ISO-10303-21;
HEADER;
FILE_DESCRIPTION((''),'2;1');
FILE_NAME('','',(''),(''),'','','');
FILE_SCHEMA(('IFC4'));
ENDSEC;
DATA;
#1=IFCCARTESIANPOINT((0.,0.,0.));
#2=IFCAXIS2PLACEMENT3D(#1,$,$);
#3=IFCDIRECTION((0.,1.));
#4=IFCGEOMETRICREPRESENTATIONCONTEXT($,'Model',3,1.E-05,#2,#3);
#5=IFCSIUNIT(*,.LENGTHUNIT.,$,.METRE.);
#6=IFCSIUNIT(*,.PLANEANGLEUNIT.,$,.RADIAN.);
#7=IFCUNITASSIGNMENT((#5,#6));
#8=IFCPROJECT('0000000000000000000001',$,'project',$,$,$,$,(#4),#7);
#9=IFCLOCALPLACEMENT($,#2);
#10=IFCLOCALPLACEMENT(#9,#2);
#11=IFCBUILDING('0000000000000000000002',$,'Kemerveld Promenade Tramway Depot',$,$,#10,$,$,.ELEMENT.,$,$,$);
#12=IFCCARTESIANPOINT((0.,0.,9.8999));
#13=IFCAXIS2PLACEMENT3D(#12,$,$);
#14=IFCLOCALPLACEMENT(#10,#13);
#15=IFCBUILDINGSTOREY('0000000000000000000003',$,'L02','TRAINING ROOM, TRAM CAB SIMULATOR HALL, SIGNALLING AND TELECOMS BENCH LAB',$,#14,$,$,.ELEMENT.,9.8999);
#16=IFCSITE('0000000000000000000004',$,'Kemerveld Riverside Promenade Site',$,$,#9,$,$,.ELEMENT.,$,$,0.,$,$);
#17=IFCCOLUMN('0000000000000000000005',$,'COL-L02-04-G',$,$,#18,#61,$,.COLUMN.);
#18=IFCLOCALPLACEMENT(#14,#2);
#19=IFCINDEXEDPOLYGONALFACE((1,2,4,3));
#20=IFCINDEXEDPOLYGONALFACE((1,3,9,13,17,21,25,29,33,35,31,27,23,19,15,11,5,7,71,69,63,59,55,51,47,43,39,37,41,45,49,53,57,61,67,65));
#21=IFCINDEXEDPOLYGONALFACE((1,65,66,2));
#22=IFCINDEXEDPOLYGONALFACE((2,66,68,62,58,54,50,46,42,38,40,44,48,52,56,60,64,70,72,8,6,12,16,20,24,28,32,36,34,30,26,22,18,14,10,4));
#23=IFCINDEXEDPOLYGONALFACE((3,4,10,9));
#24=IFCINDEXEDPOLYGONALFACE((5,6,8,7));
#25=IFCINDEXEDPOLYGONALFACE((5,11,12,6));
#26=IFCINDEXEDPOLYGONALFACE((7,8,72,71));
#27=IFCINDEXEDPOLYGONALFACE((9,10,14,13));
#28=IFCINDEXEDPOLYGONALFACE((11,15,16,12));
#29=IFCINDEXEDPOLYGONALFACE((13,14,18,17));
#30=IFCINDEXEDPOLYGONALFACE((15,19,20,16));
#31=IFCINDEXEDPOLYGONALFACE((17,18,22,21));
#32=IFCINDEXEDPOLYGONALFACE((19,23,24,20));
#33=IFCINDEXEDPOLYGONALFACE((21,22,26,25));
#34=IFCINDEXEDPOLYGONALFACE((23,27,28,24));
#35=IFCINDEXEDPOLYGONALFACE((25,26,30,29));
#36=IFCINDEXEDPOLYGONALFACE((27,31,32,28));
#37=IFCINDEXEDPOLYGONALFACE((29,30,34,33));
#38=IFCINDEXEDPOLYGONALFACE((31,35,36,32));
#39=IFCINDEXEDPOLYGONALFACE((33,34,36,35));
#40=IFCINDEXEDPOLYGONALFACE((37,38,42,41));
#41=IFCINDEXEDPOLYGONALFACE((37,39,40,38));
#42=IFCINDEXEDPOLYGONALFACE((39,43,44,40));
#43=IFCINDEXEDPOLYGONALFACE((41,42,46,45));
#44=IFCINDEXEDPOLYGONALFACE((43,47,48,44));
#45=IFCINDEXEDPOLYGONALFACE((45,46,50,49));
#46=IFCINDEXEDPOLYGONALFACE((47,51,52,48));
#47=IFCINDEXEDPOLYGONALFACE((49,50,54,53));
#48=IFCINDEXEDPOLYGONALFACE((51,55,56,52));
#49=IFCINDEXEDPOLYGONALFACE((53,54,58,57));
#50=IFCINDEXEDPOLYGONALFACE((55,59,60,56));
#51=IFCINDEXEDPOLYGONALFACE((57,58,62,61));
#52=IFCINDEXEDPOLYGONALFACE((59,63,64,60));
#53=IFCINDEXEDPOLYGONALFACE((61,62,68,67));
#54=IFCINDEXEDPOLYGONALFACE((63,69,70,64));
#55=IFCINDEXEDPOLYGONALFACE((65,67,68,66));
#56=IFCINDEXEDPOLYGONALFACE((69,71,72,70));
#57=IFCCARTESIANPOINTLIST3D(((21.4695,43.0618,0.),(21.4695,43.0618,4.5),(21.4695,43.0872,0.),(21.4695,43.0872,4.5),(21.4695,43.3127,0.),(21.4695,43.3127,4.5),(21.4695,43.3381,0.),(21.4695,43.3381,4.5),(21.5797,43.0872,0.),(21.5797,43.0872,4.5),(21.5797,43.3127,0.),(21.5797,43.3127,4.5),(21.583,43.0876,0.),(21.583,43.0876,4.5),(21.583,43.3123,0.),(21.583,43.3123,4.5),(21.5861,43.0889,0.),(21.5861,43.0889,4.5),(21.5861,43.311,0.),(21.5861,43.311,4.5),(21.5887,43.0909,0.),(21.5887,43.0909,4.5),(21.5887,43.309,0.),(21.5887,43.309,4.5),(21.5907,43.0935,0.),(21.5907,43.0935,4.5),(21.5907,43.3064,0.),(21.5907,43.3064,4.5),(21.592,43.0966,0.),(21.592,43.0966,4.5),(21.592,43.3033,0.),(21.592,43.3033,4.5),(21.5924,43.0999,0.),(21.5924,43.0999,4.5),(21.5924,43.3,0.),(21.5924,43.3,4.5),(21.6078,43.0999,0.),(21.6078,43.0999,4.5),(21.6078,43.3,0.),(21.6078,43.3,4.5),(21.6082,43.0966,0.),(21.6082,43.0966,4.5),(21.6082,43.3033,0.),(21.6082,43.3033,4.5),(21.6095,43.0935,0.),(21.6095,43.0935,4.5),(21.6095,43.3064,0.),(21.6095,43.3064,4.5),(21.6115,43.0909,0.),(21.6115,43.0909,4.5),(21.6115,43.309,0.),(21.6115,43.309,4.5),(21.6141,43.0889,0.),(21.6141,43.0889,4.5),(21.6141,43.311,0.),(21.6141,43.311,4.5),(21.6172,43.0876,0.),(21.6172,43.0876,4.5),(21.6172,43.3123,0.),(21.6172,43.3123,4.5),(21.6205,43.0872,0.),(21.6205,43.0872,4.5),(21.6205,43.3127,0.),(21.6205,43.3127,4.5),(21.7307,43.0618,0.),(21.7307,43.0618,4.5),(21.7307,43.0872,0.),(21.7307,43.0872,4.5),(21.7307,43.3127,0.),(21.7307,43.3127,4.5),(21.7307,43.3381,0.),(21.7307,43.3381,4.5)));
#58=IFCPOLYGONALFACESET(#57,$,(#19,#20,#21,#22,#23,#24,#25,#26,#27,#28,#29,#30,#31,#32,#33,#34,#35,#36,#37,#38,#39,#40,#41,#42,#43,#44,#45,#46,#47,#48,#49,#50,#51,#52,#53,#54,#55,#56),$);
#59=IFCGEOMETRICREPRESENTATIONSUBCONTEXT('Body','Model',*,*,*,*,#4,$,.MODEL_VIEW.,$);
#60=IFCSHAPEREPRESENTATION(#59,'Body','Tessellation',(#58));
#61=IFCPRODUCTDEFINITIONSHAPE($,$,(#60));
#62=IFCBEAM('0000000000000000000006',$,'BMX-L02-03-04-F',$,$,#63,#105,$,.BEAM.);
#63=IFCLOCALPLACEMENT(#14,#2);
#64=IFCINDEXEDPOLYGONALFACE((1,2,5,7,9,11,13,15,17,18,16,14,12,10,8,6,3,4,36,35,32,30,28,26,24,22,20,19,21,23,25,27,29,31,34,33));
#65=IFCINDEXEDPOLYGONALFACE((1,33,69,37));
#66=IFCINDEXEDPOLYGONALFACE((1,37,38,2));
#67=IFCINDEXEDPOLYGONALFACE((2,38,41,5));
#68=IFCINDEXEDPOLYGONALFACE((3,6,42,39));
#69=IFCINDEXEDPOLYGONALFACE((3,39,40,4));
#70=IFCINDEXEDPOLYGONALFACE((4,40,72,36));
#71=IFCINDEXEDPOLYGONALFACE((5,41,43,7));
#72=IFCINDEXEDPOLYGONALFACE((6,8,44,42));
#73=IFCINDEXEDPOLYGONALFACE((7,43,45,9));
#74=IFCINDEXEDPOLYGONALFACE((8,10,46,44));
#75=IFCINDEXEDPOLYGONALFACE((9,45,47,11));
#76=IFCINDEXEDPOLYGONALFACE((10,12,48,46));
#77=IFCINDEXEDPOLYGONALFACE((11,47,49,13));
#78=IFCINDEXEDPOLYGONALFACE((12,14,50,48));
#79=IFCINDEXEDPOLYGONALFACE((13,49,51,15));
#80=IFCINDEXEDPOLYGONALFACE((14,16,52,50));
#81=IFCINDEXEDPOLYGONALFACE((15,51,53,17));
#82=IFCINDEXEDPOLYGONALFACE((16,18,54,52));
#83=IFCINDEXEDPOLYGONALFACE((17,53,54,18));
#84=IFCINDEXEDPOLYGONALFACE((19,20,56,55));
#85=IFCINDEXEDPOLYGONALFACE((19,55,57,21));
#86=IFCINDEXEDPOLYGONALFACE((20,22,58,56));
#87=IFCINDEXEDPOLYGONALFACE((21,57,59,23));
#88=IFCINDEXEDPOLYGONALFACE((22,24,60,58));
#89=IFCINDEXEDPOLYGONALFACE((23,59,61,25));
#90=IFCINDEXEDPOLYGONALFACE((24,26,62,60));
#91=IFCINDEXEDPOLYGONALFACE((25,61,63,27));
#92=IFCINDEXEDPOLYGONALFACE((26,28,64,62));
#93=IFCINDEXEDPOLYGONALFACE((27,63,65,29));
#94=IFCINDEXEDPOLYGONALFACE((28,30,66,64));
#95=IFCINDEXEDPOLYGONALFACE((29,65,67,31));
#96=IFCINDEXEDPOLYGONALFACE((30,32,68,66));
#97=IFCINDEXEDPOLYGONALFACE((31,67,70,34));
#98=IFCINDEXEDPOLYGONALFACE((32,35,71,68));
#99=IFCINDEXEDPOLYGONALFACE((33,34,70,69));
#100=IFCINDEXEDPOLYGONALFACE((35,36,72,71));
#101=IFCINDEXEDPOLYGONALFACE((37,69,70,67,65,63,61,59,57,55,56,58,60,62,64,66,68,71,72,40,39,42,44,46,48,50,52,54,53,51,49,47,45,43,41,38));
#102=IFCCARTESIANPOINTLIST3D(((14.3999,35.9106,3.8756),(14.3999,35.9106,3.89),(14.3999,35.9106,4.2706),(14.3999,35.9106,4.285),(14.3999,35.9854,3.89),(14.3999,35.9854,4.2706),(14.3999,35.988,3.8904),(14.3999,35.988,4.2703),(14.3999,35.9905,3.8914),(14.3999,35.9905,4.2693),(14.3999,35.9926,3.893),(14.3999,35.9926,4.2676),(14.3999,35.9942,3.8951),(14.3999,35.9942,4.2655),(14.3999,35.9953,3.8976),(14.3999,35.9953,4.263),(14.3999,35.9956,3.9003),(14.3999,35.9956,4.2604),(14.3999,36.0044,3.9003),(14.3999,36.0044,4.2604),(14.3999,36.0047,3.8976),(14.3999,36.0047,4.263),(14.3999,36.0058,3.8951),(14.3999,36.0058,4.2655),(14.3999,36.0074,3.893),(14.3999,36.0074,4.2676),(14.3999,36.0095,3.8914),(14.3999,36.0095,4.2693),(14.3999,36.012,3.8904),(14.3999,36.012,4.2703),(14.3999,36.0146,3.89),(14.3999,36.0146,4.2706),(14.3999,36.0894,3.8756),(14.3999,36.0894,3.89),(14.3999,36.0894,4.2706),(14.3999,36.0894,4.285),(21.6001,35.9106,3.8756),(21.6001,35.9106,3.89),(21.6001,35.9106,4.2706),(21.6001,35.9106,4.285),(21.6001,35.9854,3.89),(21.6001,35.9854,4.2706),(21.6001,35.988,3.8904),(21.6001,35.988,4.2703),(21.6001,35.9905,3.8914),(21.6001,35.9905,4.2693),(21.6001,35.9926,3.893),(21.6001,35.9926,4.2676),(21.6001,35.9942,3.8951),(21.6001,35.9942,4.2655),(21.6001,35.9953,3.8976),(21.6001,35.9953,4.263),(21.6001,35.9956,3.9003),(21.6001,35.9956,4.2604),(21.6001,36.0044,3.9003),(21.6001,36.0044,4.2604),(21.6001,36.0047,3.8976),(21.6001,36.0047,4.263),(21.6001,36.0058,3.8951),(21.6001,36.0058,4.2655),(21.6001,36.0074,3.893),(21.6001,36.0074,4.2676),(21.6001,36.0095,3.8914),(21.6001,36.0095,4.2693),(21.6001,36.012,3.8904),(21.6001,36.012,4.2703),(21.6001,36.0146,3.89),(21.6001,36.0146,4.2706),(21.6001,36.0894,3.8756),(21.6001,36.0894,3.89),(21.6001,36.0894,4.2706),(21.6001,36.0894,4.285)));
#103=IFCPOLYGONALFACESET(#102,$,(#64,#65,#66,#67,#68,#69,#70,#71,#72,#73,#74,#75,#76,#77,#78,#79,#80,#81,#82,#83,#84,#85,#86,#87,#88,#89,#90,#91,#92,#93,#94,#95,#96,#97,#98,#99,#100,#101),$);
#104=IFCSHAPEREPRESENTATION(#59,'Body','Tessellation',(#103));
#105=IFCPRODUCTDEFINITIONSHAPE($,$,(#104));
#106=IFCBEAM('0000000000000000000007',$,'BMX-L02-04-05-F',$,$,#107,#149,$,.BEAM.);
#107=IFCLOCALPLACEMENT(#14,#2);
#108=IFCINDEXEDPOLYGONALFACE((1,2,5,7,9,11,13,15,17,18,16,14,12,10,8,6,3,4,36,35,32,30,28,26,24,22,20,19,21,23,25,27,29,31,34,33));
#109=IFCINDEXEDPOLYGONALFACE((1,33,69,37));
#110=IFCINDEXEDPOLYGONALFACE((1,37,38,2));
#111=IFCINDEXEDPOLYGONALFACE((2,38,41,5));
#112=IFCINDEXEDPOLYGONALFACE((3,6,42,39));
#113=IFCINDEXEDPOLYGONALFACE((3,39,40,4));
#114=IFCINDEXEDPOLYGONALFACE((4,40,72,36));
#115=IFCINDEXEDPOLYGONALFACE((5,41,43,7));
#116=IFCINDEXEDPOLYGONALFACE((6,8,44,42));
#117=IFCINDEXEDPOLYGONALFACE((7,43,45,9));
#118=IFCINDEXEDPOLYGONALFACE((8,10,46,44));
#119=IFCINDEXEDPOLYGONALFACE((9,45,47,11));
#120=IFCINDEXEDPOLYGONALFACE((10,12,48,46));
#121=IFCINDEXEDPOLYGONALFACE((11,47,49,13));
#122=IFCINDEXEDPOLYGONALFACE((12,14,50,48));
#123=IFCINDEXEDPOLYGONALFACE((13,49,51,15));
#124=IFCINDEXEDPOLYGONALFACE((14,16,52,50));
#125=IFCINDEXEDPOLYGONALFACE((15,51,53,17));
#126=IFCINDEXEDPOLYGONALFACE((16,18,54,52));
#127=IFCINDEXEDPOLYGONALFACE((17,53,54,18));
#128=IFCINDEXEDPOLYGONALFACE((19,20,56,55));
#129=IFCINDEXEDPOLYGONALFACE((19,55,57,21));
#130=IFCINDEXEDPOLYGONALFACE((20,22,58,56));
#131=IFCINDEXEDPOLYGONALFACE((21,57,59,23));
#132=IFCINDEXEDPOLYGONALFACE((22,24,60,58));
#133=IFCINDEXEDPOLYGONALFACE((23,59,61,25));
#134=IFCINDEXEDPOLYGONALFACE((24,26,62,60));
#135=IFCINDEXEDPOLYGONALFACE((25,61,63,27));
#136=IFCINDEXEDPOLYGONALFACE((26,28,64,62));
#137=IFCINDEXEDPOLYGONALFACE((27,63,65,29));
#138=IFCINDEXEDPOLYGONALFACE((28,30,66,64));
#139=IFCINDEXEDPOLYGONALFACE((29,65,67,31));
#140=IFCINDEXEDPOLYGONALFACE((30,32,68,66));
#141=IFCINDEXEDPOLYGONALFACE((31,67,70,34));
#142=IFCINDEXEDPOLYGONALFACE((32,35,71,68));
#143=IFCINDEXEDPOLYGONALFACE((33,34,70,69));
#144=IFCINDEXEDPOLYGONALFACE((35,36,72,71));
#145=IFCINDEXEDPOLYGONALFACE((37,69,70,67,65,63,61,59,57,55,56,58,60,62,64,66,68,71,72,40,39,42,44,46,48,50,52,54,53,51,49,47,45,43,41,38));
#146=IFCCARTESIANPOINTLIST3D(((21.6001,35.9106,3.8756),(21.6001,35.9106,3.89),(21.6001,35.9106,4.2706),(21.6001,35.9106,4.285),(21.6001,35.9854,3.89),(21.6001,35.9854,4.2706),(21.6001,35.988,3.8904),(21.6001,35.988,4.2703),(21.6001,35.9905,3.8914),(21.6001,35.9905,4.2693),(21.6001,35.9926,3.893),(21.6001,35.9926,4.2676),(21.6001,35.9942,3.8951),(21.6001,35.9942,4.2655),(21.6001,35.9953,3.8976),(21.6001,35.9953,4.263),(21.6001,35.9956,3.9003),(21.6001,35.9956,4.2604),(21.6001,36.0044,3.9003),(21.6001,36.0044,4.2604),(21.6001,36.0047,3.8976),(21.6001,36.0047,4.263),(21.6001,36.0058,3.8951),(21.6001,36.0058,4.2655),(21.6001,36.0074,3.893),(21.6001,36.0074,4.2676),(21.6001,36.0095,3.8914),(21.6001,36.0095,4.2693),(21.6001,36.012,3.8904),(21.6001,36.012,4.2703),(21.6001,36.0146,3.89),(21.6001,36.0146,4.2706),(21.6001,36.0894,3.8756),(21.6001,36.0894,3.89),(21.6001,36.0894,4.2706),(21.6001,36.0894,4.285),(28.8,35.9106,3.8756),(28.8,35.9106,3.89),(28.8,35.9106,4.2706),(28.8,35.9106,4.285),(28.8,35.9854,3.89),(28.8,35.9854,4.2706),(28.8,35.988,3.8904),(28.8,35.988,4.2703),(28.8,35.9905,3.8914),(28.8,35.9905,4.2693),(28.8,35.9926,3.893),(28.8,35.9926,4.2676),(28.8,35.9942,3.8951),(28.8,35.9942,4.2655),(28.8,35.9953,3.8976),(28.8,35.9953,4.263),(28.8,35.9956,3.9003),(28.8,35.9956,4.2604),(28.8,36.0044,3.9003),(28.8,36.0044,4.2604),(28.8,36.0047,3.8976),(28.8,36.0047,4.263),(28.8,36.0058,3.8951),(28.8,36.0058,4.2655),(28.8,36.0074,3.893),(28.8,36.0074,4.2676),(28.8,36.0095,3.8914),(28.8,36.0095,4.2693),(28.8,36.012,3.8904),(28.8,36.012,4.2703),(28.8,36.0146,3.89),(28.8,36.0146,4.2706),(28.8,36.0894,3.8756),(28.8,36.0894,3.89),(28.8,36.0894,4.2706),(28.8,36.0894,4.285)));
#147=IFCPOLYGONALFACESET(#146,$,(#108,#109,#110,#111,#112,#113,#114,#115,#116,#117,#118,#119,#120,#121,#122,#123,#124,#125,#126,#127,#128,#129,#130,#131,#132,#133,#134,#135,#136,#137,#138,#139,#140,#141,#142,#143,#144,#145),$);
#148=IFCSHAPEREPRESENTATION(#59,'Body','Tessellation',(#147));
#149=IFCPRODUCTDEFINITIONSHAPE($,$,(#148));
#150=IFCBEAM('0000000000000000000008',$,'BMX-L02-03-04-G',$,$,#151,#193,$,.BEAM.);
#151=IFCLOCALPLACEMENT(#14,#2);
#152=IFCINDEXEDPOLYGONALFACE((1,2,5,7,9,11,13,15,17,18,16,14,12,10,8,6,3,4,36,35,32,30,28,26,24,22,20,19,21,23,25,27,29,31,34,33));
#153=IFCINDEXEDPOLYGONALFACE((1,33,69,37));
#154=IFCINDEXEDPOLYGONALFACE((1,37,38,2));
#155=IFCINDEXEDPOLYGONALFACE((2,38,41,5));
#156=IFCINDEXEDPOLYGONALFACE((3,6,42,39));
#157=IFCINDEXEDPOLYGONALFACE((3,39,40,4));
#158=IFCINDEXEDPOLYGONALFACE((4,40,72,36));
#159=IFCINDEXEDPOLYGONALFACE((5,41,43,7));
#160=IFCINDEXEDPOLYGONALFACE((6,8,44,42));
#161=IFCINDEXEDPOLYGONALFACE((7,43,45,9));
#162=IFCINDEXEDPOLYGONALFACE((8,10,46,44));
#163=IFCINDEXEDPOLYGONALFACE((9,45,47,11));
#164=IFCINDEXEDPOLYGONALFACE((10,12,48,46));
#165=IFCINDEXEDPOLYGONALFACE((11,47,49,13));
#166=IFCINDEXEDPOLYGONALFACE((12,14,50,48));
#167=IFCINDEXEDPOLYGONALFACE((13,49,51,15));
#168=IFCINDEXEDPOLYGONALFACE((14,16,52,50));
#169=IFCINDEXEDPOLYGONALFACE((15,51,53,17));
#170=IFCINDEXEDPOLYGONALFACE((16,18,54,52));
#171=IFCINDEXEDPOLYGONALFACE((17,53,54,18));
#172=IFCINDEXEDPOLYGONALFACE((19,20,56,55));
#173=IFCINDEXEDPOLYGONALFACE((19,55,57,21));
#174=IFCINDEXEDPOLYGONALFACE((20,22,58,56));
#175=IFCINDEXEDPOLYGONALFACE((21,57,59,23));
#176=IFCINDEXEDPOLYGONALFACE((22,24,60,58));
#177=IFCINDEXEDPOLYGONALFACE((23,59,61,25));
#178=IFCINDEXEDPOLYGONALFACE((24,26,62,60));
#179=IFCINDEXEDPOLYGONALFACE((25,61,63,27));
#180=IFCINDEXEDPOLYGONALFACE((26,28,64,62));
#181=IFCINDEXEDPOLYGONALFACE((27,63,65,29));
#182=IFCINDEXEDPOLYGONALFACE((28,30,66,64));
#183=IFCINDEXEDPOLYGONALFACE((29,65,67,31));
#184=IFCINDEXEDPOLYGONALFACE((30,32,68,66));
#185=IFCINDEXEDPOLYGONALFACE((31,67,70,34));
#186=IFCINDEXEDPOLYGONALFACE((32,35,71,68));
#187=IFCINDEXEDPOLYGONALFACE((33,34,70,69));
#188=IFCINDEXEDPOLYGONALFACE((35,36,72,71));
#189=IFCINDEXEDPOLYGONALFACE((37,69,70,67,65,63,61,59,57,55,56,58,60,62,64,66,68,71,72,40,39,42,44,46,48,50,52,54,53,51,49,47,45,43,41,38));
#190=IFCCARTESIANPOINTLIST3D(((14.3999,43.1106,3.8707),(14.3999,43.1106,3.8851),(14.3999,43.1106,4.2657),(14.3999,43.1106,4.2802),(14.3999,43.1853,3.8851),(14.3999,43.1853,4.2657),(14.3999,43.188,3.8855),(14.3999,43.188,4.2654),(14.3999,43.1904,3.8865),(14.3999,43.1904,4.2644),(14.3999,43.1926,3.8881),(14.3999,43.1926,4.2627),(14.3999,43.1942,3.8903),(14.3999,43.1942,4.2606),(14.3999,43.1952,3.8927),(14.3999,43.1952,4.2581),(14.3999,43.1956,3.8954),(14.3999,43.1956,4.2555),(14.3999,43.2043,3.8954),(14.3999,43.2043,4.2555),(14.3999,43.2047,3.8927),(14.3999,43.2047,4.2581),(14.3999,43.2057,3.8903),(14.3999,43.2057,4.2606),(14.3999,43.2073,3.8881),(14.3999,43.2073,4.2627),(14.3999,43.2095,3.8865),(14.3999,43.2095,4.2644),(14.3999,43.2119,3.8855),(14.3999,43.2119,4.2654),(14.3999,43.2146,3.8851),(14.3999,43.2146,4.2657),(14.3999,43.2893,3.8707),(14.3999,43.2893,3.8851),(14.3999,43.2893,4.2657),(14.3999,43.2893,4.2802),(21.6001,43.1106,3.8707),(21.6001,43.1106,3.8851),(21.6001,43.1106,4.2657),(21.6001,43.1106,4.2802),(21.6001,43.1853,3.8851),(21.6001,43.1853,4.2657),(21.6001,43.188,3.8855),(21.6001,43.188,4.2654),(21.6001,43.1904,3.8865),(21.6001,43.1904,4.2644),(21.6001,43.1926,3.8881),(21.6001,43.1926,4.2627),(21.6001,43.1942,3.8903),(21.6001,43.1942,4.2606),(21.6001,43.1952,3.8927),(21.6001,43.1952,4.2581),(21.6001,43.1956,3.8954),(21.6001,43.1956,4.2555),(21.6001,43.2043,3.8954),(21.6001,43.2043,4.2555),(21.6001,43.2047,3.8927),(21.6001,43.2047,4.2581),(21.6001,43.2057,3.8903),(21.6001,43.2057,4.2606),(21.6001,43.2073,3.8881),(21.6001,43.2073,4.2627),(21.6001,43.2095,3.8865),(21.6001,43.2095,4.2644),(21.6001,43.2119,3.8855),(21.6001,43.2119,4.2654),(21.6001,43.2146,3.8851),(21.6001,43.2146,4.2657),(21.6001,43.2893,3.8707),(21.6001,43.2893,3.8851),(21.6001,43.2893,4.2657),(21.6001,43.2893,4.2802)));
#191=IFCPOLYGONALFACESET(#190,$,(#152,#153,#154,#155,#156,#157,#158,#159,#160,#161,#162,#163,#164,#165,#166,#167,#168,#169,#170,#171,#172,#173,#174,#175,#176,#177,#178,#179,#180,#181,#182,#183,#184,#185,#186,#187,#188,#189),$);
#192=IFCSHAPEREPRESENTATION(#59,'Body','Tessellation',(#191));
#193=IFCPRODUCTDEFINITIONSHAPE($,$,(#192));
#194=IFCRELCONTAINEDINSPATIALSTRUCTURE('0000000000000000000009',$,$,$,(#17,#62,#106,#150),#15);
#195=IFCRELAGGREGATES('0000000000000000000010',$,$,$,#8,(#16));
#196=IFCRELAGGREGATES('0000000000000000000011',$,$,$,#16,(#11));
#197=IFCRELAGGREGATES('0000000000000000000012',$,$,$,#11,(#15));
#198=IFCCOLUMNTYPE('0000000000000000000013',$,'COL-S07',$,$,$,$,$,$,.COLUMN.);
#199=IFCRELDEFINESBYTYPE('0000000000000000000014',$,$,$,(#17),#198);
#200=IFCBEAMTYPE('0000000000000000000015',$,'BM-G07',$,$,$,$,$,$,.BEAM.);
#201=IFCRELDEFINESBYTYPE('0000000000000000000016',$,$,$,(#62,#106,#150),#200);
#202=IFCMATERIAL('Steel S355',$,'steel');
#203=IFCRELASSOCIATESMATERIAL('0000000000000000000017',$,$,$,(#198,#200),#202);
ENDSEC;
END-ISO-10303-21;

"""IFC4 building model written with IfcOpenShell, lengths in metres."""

from ifc_helpers import new_model, si_unit, direction, frame, origin, origin_2d, place, context, subcontext, project, spatial, i_section, extrude, material, material_profile, profile_set, type_object, element, save


model = new_model("IFC4")

# Units and contexts
model_context = context("Model", 3, precision=1e-05, world=origin(), true_north=direction((0.0, 1.0)))
body_context = subcontext(model_context, "Body", "Model", "MODEL_VIEW")
ifc_project = project(units=[si_unit("LENGTHUNIT", "METRE"), si_unit("PLANEANGLEUNIT", "RADIAN")], contexts=[model_context])

# Site, building, storey
site_placement = place(None, origin())
site = spatial("IfcSite", under=ifc_project, at=site_placement, Name="Kemerveld Riverside Promenade Site", CompositionType="ELEMENT", RefElevation=0.0)
building_placement = place(site_placement, origin())
building = spatial("IfcBuilding", under=site, at=building_placement, Name="Kemerveld Promenade Tramway Depot", CompositionType="ELEMENT")
storey_placement = place(building_placement, frame((0.0, 0.0, 9.8999)))
storey = spatial("IfcBuildingStorey", under=building, at=storey_placement, Name="L02", Description="TRAINING ROOM, TRAM CAB SIMULATOR HALL, SIGNALLING AND TELECOMS BENCH LAB", CompositionType="ELEMENT", Elevation=9.8999)

# Column
ifc_material_1 = material(Name="Steel S355", Category="steel")
ifc_material_profile_1 = material_profile(ifc_material_1, i_section(OverallWidth=0.2612, OverallDepth=0.2764, WebThickness=0.0154, FlangeThickness=0.0254, FilletRadius=0.0127, at=origin_2d()), Name="254x254x132 UC")
ifc_profile_set_1 = profile_set([ifc_material_profile_1], Name="Steel S355")
column_type = type_object("IfcColumnType", Name="COL-S07", PredefinedType="COLUMN", material=ifc_profile_set_1)
for number, where, z_axis, x_axis, name in (
    (1, (21.6001, 43.2, 0.0), (0.0, 0.0, 1.0), (1.0, 0.0, 0.0), "COL-L02-04-G"),
):
    element("IfcColumn", number, at=place(storey_placement, frame(where, z_axis=z_axis, x_axis=x_axis)), inside=storey, type_object=column_type, Name=name, PredefinedType="COLUMN", context=body_context, shape_type="SweptSolid", body=[
        extrude(i_section(OverallWidth=0.2612, OverallDepth=0.2764, WebThickness=0.0154, FlangeThickness=0.0254, FilletRadius=0.0127, at=origin_2d()), origin(), (0.0, 0.0, 1.0), 4.5),
    ])

# Beams
ifc_material_profile_2 = material_profile(ifc_material_1, i_section(OverallWidth=0.1787, OverallDepth=0.4094, WebThickness=0.0088, FlangeThickness=0.0144, FilletRadius=0.0103, at=origin_2d()), Name="406x178x67 UB")
ifc_profile_set_2 = profile_set([ifc_material_profile_2], Name="Steel S355")
beam_type_1 = type_object("IfcBeamType", Name="BM-G07", PredefinedType="BEAM", material=ifc_profile_set_2)
beam_1_placement = place(storey_placement, frame((14.3999, 36.0, 4.0803), z_axis=(1.0, 0.0, 0.0), x_axis=(0.0, 1.0, 0.0)))
element("IfcBeam", 2, at=beam_1_placement, inside=storey, type_object=beam_type_1, Name="BMX-L02-03-04-F", PredefinedType="BEAM", context=body_context, shape_type="SweptSolid", body=[
    extrude(i_section(OverallWidth=0.1787, OverallDepth=0.4094, WebThickness=0.0088, FlangeThickness=0.0144, FilletRadius=0.0103, at=origin_2d()), origin(), (0.0, 0.0, 1.0), 7.2002),
])
beam_2_placement = place(storey_placement, frame((21.6001, 36.0, 4.0803), z_axis=(1.0, 0.0, 0.0), x_axis=(0.0, 1.0, 0.0)))
element("IfcBeam", 3, at=beam_2_placement, inside=storey, type_object=beam_type_1, Name="BMX-L02-04-05-F", PredefinedType="BEAM", context=body_context, shape_type="SweptSolid", body=[
    extrude(i_section(OverallWidth=0.1787, OverallDepth=0.4094, WebThickness=0.0088, FlangeThickness=0.0144, FilletRadius=0.0103, at=origin_2d()), origin(), (0.0, 0.0, 1.0), 7.2),
])
beam_3_placement = place(storey_placement, frame((14.3999, 43.2, 4.0754), z_axis=(1.0, 0.0, 0.0), x_axis=(0.0, 1.0, 0.0)))
element("IfcBeam", 4, at=beam_3_placement, inside=storey, type_object=beam_type_1, Name="BMX-L02-03-04-G", PredefinedType="BEAM", context=body_context, shape_type="SweptSolid", body=[
    extrude(i_section(OverallWidth=0.1787, OverallDepth=0.4094, WebThickness=0.0088, FlangeThickness=0.0144, FilletRadius=0.0103, at=origin_2d()), origin(), (0.0, 0.0, 1.0), 7.2002),
])

save(model, "model.ifc")
